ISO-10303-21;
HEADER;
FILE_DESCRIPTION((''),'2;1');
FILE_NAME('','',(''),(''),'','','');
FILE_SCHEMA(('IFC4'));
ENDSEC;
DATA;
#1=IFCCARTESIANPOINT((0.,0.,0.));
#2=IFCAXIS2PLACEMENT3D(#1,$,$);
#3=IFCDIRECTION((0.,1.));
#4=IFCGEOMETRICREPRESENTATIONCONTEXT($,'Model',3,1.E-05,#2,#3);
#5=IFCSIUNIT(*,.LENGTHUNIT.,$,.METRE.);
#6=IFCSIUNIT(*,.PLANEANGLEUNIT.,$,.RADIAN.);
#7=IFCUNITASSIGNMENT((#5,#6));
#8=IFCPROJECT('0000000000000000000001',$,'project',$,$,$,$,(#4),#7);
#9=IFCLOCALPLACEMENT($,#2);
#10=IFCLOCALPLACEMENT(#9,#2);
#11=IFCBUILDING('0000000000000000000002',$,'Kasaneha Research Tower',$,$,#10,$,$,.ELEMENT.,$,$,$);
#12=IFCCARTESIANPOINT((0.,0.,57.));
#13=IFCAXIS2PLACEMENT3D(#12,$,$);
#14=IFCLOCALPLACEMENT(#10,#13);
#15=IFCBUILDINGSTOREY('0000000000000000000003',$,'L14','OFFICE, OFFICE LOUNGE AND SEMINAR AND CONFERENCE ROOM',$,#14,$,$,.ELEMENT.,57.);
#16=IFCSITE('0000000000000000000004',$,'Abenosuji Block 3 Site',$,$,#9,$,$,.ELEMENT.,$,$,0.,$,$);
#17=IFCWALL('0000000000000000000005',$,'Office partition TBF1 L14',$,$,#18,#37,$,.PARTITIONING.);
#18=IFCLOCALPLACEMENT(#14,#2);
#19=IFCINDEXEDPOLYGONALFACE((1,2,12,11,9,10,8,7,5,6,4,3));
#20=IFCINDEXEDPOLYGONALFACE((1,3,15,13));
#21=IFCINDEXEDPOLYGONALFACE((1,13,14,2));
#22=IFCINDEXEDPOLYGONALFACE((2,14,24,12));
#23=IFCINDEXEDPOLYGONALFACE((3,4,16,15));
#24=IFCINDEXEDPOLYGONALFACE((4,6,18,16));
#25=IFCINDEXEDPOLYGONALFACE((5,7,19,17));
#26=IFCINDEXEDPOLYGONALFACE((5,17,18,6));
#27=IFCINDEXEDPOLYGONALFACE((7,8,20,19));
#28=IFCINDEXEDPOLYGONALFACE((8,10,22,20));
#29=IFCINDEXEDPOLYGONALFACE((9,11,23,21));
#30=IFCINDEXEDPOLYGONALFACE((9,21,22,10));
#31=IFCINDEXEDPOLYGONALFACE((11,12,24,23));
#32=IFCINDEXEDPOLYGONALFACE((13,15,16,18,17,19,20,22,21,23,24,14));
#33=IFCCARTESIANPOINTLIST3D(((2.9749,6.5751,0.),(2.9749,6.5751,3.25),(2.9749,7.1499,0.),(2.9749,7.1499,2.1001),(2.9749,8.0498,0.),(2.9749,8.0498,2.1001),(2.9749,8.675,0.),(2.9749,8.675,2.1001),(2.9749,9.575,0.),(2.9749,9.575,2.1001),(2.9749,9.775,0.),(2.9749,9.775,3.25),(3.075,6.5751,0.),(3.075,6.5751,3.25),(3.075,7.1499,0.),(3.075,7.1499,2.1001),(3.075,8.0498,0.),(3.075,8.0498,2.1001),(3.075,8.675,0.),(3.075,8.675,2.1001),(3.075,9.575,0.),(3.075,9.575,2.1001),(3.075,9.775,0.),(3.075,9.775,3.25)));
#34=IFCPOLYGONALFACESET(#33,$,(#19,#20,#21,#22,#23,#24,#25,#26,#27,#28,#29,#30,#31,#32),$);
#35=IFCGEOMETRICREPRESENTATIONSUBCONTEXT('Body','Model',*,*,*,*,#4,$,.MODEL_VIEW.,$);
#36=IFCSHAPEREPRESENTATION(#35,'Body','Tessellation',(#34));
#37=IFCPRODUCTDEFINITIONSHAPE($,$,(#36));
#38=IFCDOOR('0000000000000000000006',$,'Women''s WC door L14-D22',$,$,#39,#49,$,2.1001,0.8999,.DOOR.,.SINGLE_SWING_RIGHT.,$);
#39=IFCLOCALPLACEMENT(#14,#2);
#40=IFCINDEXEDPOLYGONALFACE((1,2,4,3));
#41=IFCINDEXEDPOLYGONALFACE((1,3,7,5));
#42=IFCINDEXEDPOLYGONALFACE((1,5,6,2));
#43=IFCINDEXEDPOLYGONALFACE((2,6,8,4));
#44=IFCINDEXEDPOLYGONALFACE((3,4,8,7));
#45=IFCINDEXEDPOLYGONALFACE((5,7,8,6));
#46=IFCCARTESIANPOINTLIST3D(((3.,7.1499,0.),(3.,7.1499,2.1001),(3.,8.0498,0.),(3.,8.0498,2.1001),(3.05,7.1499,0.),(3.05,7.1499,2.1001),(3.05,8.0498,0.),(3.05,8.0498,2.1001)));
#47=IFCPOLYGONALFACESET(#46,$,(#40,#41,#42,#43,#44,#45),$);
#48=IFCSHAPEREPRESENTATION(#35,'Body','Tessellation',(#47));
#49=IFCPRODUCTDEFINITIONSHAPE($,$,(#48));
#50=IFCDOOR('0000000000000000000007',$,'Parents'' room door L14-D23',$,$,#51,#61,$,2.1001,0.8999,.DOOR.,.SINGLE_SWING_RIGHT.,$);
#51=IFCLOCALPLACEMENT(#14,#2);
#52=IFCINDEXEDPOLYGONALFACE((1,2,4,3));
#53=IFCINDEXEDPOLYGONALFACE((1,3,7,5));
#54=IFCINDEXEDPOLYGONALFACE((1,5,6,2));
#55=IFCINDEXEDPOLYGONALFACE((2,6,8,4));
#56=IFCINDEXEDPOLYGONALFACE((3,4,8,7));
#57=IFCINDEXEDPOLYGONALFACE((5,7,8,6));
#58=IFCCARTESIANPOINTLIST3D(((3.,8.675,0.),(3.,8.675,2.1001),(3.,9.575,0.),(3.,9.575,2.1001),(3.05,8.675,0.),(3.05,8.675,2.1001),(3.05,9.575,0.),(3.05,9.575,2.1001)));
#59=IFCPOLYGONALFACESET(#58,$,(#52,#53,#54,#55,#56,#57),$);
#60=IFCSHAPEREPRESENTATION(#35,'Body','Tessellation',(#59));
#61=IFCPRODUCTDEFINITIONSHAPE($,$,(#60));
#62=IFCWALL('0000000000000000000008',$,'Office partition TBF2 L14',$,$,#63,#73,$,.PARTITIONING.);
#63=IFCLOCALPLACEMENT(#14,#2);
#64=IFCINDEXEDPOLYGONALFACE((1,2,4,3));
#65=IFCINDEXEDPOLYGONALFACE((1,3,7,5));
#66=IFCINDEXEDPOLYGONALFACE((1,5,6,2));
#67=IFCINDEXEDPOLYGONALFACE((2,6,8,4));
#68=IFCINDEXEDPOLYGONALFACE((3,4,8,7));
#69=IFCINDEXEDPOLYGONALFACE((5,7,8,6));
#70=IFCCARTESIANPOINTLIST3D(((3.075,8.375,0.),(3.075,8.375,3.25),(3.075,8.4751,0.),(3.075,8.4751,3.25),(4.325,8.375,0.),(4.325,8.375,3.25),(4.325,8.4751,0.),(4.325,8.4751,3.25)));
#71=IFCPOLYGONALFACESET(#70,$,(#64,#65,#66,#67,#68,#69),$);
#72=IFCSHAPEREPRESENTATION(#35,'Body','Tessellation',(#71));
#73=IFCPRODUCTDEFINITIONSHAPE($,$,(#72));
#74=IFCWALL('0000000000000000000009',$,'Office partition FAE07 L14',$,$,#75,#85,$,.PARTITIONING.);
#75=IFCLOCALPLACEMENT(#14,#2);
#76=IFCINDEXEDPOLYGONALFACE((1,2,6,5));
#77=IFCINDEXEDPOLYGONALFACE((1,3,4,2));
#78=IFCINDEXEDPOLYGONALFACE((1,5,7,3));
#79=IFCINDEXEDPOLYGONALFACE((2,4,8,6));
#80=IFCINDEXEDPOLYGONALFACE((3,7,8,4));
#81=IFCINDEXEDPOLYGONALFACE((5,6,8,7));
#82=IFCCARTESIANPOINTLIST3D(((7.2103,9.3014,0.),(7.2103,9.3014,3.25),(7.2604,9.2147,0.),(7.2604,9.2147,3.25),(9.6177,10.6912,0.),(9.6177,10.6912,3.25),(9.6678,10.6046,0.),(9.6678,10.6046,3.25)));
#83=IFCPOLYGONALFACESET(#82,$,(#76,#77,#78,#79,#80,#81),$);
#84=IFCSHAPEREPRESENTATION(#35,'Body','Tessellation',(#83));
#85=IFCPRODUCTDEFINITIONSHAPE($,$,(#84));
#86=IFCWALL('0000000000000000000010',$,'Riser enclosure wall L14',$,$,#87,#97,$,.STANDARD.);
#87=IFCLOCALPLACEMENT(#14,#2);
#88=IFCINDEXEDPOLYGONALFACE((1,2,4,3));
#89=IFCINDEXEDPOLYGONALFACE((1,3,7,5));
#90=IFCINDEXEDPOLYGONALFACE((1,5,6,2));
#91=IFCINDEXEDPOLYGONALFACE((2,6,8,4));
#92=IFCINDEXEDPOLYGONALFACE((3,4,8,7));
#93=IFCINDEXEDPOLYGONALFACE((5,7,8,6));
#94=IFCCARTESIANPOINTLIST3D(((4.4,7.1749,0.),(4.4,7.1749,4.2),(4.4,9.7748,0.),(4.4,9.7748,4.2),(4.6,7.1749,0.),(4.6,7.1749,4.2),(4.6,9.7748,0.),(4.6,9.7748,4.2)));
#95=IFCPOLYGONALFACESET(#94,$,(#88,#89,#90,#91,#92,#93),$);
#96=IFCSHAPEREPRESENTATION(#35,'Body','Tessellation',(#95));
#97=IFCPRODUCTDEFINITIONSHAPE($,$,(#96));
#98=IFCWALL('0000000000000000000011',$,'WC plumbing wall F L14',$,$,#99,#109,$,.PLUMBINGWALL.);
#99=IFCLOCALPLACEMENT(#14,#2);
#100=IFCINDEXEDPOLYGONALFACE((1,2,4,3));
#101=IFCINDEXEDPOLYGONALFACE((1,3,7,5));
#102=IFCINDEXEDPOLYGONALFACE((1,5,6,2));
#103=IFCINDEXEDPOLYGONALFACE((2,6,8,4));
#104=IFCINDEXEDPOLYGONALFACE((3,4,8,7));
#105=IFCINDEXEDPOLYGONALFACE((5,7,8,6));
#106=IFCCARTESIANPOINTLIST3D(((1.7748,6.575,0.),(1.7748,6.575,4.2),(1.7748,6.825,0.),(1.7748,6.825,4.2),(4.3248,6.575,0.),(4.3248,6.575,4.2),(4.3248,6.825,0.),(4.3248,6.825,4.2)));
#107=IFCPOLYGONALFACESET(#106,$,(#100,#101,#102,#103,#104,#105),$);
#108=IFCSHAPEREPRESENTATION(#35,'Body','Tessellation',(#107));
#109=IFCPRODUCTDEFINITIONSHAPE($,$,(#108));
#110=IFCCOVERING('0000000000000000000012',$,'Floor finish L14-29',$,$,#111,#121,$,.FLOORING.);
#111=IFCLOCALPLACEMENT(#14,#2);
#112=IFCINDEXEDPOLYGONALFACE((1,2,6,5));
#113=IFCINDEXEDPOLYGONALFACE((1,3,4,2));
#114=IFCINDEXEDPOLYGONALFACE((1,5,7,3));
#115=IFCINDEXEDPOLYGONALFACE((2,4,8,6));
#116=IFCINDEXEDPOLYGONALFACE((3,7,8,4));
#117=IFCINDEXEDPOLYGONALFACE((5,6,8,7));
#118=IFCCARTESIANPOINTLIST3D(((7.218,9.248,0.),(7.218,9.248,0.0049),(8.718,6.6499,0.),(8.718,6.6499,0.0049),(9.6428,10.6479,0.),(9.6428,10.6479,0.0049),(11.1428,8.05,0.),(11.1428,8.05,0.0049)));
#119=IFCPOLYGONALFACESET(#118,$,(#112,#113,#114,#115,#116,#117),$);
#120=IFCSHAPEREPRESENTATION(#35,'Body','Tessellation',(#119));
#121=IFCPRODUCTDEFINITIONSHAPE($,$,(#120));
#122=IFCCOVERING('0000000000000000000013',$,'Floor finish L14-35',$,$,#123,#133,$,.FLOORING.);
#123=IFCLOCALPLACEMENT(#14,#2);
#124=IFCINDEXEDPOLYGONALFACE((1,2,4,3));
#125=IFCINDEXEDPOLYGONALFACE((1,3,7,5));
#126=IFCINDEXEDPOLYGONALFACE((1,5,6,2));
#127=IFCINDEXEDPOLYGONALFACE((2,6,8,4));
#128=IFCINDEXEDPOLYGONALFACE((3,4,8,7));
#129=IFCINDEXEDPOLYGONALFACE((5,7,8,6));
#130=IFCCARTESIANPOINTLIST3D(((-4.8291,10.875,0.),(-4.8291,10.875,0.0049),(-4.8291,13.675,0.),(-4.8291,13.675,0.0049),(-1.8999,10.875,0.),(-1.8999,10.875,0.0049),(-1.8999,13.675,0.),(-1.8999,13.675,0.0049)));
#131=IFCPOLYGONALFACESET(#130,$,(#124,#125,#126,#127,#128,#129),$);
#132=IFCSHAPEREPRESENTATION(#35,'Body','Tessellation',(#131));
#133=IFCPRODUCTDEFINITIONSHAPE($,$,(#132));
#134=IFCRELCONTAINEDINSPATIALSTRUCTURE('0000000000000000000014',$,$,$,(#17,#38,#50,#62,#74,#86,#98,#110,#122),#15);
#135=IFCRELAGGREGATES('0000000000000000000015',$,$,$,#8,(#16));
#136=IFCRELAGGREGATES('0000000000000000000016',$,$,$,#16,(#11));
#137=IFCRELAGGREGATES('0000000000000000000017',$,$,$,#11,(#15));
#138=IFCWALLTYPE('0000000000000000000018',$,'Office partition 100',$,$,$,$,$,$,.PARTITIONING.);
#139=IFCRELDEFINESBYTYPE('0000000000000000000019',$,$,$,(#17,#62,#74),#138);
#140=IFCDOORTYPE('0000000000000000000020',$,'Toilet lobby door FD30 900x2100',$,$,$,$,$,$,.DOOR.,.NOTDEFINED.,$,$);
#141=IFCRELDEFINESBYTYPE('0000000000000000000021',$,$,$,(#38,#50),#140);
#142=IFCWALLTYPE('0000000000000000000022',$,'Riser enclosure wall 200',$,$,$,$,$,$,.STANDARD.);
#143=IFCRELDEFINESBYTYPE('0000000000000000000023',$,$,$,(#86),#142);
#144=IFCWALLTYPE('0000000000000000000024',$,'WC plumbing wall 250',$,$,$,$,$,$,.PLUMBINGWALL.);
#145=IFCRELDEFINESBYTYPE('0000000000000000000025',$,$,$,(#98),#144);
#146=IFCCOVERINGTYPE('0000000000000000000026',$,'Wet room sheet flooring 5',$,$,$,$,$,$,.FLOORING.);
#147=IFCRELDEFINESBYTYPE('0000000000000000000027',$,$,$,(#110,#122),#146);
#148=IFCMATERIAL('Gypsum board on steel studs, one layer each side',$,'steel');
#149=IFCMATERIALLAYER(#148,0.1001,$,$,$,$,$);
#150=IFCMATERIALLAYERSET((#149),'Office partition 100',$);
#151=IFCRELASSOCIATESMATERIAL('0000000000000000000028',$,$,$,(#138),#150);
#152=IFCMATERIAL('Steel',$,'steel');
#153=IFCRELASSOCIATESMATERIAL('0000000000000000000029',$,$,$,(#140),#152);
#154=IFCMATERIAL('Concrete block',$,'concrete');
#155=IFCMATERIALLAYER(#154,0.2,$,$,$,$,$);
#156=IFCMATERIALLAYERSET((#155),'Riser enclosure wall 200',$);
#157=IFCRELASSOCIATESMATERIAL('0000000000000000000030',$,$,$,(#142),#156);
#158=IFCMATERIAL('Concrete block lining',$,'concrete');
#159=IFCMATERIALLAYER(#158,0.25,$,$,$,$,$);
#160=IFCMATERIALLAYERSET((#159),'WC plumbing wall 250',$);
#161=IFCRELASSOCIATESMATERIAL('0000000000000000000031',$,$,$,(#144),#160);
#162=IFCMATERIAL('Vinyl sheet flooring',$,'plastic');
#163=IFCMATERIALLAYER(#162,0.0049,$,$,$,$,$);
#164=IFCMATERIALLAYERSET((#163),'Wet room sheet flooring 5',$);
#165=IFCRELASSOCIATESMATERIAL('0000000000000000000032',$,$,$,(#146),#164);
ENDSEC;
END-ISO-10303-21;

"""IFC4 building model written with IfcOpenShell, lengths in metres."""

from ifc_helpers import new_model, si_unit, direction, frame, frame_2d, origin, place, context, subcontext, project, spatial, polyline, rectangle, outline, extrude, material, layer, layer_set, type_object, element, fill, save


model = new_model("IFC4")

# Units and contexts
model_context = context("Model", 3, precision=1e-05, world=origin(), true_north=direction((0.0, 1.0)))
body_context = subcontext(model_context, "Body", "Model", "MODEL_VIEW")
ifc_project = project(units=[si_unit("LENGTHUNIT", "METRE"), si_unit("PLANEANGLEUNIT", "RADIAN")], contexts=[model_context])

# Site, building, storey
site_placement = place(None, origin())
site = spatial("IfcSite", under=ifc_project, at=site_placement, Name="Abenosuji Block 3 Site", CompositionType="ELEMENT", RefElevation=0.0)
building_placement = place(site_placement, origin())
building = spatial("IfcBuilding", under=site, at=building_placement, Name="Kasaneha Research Tower", CompositionType="ELEMENT")
storey_placement = place(building_placement, frame((0.0, 0.0, 57.0)))
storey = spatial("IfcBuildingStorey", under=building, at=storey_placement, Name="L14", Description="OFFICE, OFFICE LOUNGE AND SEMINAR AND CONFERENCE ROOM", CompositionType="ELEMENT", Elevation=57.0)

# Wall, openings, doors
ifc_material_1 = material(Name="Gypsum board on steel studs, one layer each side", Category="steel")
ifc_layer_1 = layer(ifc_material_1, 0.1001)
ifc_layer_set_1 = layer_set([ifc_layer_1], Name="Office partition 100")
wall_type_1 = type_object("IfcWallType", Name="Office partition 100", PredefinedType="PARTITIONING", material=ifc_layer_set_1)
wall_1_placement = place(storey_placement, frame((3.0249, 6.575, 0.0), z_axis=(0.0, 0.0, 1.0), x_axis=(0.0, 1.0, 0.0)))
wall_1 = element("IfcWall", 1, at=wall_1_placement, inside=storey, type_object=wall_type_1, Name="Office partition TBF1 L14", PredefinedType="PARTITIONING", context=body_context, shape_type="SweptSolid", body=[
    extrude(rectangle(XDim=3.2, YDim=0.1001, at=frame_2d((1.6001, 0.0))), origin(), (0.0, 0.0, 1.0), 3.25),
])
opening_1_placement = place(wall_1_placement, frame((0.575, 0.0, 0.0)))
opening_1 = element("IfcOpeningElement", 2, at=opening_1_placement, cuts=wall_1, PredefinedType="OPENING", context=body_context, shape_type="SweptSolid", body=[
    extrude(rectangle(XDim=0.8999, YDim=2.1001, at=frame_2d((0.45, 1.05))), frame((0.0, 0.0601, 0.0), z_axis=(0.0, -1.0, 0.0), x_axis=(1.0, 0.0, 0.0)), (0.0, 0.0, 1.0), 0.1201),
])
opening_2_placement = place(wall_1_placement, frame((2.1001, 0.0, 0.0)))
opening_2 = element("IfcOpeningElement", 3, at=opening_2_placement, cuts=wall_1, PredefinedType="OPENING", context=body_context, shape_type="SweptSolid", body=[
    extrude(rectangle(XDim=0.8999, YDim=2.1001, at=frame_2d((0.45, 1.05))), frame((0.0, 0.0601, 0.0), z_axis=(0.0, -1.0, 0.0), x_axis=(1.0, 0.0, 0.0)), (0.0, 0.0, 1.0), 0.1201),
])
ifc_material_2 = material(Name="Steel", Category="steel")
door_type_1 = type_object("IfcDoorType", Name="Toilet lobby door FD30 900x2100", OperationType="NOTDEFINED", PredefinedType="DOOR", material=ifc_material_2)
door_1_placement = place(opening_1_placement, origin())
door_1 = element("IfcDoor", 4, at=door_1_placement, inside=storey, type_object=door_type_1, Name="Women's WC door L14-D22", OperationType="SINGLE_SWING_RIGHT", OverallHeight=2.1001, OverallWidth=0.8999, PredefinedType="DOOR", context=body_context, shape_type="SweptSolid", body=[
    extrude(rectangle(XDim=0.8999, YDim=2.1001, at=frame_2d((0.45, 1.05))), frame((0.0, 0.0249, 0.0), z_axis=(0.0, -1.0, 0.0), x_axis=(1.0, 0.0, 0.0)), (0.0, 0.0, 1.0), 0.05),
])
fill(opening_1, door_1)
door_2_placement = place(opening_2_placement, origin())
door_2 = element("IfcDoor", 5, at=door_2_placement, inside=storey, type_object=door_type_1, Name="Parents' room door L14-D23", OperationType="SINGLE_SWING_RIGHT", OverallHeight=2.1001, OverallWidth=0.8999, PredefinedType="DOOR", context=body_context, shape_type="SweptSolid", body=[
    extrude(rectangle(XDim=0.8999, YDim=2.1001, at=frame_2d((0.45, 1.05))), frame((0.0, 0.0249, 0.0), z_axis=(0.0, -1.0, 0.0), x_axis=(1.0, 0.0, 0.0)), (0.0, 0.0, 1.0), 0.05),
])
fill(opening_2, door_2)

# Walls
wall_2_placement = place(storey_placement, frame((3.075, 8.425, 0.0), z_axis=(0.0, 0.0, 1.0), x_axis=(1.0, 0.0, 0.0)))
element("IfcWall", 6, at=wall_2_placement, inside=storey, type_object=wall_type_1, Name="Office partition TBF2 L14", PredefinedType="PARTITIONING", context=body_context, shape_type="SweptSolid", body=[
    extrude(rectangle(XDim=1.25, YDim=0.1001, at=frame_2d((0.625, 0.0))), origin(), (0.0, 0.0, 1.0), 3.25),
])
wall_3_placement = place(storey_placement, frame((7.2354, 9.2581, 0.0), z_axis=(0.0, 0.0, 1.0), x_axis=(0.866035, 0.499983, 0.0)))
element("IfcWall", 7, at=wall_3_placement, inside=storey, type_object=wall_type_1, Name="Office partition FAE07 L14", PredefinedType="PARTITIONING", context=body_context, shape_type="SweptSolid", body=[
    extrude(rectangle(XDim=2.7798, YDim=0.1001, at=frame_2d((1.3899, 0.0))), origin(), (0.0, 0.0, 1.0), 3.25),
])
ifc_material_3 = material(Name="Concrete block", Category="concrete")
ifc_layer_2 = layer(ifc_material_3, 0.2)
ifc_layer_set_2 = layer_set([ifc_layer_2], Name="Riser enclosure wall 200")
wall_type_2 = type_object("IfcWallType", Name="Riser enclosure wall 200", PredefinedType="STANDARD", material=ifc_layer_set_2)
wall_4_placement = place(storey_placement, frame((4.5, 7.175, 0.0), z_axis=(0.0, 0.0, 1.0), x_axis=(0.0, 1.0, 0.0)))
element("IfcWall", 8, at=wall_4_placement, inside=storey, type_object=wall_type_2, Name="Riser enclosure wall L14", PredefinedType="STANDARD", context=body_context, shape_type="SweptSolid", body=[
    extrude(rectangle(XDim=2.5999, YDim=0.2, at=frame_2d((1.2998, 0.0))), origin(), (0.0, 0.0, 1.0), 4.2),
])
ifc_material_4 = material(Name="Concrete block lining", Category="concrete")
ifc_layer_3 = layer(ifc_material_4, 0.25)
ifc_layer_set_3 = layer_set([ifc_layer_3], Name="WC plumbing wall 250")
wall_type_3 = type_object("IfcWallType", Name="WC plumbing wall 250", PredefinedType="PLUMBINGWALL", material=ifc_layer_set_3)
wall_5_placement = place(storey_placement, frame((1.7749, 6.7, 0.0), z_axis=(0.0, 0.0, 1.0), x_axis=(1.0, 0.0, 0.0)))
element("IfcWall", 9, at=wall_5_placement, inside=storey, type_object=wall_type_3, Name="WC plumbing wall F L14", PredefinedType="PLUMBINGWALL", context=body_context, shape_type="SweptSolid", body=[
    extrude(rectangle(XDim=2.55, YDim=0.25, at=frame_2d((1.2749, 0.0))), origin(), (0.0, 0.0, 1.0), 4.2),
])

# Coverings
ifc_material_5 = material(Name="Vinyl sheet flooring", Category="plastic")
ifc_layer_4 = layer(ifc_material_5, 0.0049)
ifc_layer_set_4 = layer_set([ifc_layer_4], Name="Wet room sheet flooring 5")
covering_type = type_object("IfcCoveringType", Name="Wet room sheet flooring 5", PredefinedType="FLOORING", material=ifc_layer_set_4)
covering_1_placement = place(storey_placement, origin())
element("IfcCovering", 10, at=covering_1_placement, inside=storey, type_object=covering_type, Name="Floor finish L14-29", PredefinedType="FLOORING", context=body_context, shape_type="SweptSolid", body=[
    extrude(outline(polyline([(11.1428, 8.05), (8.718, 6.6499), (7.218, 9.248), (9.6428, 10.6479), (11.1428, 8.05)])), origin(), (0.0, 0.0, 1.0), 0.0049),
])
covering_2_placement = place(storey_placement, origin())
element("IfcCovering", 11, at=covering_2_placement, inside=storey, type_object=covering_type, Name="Floor finish L14-35", PredefinedType="FLOORING", context=body_context, shape_type="SweptSolid", body=[
    extrude(outline(polyline([(-1.8999, 13.675), (-1.8999, 10.875), (-4.8291, 10.875), (-4.8291, 13.675), (-1.8999, 13.675)])), origin(), (0.0, 0.0, 1.0), 0.0049),
])

save(model, "model.ifc")
